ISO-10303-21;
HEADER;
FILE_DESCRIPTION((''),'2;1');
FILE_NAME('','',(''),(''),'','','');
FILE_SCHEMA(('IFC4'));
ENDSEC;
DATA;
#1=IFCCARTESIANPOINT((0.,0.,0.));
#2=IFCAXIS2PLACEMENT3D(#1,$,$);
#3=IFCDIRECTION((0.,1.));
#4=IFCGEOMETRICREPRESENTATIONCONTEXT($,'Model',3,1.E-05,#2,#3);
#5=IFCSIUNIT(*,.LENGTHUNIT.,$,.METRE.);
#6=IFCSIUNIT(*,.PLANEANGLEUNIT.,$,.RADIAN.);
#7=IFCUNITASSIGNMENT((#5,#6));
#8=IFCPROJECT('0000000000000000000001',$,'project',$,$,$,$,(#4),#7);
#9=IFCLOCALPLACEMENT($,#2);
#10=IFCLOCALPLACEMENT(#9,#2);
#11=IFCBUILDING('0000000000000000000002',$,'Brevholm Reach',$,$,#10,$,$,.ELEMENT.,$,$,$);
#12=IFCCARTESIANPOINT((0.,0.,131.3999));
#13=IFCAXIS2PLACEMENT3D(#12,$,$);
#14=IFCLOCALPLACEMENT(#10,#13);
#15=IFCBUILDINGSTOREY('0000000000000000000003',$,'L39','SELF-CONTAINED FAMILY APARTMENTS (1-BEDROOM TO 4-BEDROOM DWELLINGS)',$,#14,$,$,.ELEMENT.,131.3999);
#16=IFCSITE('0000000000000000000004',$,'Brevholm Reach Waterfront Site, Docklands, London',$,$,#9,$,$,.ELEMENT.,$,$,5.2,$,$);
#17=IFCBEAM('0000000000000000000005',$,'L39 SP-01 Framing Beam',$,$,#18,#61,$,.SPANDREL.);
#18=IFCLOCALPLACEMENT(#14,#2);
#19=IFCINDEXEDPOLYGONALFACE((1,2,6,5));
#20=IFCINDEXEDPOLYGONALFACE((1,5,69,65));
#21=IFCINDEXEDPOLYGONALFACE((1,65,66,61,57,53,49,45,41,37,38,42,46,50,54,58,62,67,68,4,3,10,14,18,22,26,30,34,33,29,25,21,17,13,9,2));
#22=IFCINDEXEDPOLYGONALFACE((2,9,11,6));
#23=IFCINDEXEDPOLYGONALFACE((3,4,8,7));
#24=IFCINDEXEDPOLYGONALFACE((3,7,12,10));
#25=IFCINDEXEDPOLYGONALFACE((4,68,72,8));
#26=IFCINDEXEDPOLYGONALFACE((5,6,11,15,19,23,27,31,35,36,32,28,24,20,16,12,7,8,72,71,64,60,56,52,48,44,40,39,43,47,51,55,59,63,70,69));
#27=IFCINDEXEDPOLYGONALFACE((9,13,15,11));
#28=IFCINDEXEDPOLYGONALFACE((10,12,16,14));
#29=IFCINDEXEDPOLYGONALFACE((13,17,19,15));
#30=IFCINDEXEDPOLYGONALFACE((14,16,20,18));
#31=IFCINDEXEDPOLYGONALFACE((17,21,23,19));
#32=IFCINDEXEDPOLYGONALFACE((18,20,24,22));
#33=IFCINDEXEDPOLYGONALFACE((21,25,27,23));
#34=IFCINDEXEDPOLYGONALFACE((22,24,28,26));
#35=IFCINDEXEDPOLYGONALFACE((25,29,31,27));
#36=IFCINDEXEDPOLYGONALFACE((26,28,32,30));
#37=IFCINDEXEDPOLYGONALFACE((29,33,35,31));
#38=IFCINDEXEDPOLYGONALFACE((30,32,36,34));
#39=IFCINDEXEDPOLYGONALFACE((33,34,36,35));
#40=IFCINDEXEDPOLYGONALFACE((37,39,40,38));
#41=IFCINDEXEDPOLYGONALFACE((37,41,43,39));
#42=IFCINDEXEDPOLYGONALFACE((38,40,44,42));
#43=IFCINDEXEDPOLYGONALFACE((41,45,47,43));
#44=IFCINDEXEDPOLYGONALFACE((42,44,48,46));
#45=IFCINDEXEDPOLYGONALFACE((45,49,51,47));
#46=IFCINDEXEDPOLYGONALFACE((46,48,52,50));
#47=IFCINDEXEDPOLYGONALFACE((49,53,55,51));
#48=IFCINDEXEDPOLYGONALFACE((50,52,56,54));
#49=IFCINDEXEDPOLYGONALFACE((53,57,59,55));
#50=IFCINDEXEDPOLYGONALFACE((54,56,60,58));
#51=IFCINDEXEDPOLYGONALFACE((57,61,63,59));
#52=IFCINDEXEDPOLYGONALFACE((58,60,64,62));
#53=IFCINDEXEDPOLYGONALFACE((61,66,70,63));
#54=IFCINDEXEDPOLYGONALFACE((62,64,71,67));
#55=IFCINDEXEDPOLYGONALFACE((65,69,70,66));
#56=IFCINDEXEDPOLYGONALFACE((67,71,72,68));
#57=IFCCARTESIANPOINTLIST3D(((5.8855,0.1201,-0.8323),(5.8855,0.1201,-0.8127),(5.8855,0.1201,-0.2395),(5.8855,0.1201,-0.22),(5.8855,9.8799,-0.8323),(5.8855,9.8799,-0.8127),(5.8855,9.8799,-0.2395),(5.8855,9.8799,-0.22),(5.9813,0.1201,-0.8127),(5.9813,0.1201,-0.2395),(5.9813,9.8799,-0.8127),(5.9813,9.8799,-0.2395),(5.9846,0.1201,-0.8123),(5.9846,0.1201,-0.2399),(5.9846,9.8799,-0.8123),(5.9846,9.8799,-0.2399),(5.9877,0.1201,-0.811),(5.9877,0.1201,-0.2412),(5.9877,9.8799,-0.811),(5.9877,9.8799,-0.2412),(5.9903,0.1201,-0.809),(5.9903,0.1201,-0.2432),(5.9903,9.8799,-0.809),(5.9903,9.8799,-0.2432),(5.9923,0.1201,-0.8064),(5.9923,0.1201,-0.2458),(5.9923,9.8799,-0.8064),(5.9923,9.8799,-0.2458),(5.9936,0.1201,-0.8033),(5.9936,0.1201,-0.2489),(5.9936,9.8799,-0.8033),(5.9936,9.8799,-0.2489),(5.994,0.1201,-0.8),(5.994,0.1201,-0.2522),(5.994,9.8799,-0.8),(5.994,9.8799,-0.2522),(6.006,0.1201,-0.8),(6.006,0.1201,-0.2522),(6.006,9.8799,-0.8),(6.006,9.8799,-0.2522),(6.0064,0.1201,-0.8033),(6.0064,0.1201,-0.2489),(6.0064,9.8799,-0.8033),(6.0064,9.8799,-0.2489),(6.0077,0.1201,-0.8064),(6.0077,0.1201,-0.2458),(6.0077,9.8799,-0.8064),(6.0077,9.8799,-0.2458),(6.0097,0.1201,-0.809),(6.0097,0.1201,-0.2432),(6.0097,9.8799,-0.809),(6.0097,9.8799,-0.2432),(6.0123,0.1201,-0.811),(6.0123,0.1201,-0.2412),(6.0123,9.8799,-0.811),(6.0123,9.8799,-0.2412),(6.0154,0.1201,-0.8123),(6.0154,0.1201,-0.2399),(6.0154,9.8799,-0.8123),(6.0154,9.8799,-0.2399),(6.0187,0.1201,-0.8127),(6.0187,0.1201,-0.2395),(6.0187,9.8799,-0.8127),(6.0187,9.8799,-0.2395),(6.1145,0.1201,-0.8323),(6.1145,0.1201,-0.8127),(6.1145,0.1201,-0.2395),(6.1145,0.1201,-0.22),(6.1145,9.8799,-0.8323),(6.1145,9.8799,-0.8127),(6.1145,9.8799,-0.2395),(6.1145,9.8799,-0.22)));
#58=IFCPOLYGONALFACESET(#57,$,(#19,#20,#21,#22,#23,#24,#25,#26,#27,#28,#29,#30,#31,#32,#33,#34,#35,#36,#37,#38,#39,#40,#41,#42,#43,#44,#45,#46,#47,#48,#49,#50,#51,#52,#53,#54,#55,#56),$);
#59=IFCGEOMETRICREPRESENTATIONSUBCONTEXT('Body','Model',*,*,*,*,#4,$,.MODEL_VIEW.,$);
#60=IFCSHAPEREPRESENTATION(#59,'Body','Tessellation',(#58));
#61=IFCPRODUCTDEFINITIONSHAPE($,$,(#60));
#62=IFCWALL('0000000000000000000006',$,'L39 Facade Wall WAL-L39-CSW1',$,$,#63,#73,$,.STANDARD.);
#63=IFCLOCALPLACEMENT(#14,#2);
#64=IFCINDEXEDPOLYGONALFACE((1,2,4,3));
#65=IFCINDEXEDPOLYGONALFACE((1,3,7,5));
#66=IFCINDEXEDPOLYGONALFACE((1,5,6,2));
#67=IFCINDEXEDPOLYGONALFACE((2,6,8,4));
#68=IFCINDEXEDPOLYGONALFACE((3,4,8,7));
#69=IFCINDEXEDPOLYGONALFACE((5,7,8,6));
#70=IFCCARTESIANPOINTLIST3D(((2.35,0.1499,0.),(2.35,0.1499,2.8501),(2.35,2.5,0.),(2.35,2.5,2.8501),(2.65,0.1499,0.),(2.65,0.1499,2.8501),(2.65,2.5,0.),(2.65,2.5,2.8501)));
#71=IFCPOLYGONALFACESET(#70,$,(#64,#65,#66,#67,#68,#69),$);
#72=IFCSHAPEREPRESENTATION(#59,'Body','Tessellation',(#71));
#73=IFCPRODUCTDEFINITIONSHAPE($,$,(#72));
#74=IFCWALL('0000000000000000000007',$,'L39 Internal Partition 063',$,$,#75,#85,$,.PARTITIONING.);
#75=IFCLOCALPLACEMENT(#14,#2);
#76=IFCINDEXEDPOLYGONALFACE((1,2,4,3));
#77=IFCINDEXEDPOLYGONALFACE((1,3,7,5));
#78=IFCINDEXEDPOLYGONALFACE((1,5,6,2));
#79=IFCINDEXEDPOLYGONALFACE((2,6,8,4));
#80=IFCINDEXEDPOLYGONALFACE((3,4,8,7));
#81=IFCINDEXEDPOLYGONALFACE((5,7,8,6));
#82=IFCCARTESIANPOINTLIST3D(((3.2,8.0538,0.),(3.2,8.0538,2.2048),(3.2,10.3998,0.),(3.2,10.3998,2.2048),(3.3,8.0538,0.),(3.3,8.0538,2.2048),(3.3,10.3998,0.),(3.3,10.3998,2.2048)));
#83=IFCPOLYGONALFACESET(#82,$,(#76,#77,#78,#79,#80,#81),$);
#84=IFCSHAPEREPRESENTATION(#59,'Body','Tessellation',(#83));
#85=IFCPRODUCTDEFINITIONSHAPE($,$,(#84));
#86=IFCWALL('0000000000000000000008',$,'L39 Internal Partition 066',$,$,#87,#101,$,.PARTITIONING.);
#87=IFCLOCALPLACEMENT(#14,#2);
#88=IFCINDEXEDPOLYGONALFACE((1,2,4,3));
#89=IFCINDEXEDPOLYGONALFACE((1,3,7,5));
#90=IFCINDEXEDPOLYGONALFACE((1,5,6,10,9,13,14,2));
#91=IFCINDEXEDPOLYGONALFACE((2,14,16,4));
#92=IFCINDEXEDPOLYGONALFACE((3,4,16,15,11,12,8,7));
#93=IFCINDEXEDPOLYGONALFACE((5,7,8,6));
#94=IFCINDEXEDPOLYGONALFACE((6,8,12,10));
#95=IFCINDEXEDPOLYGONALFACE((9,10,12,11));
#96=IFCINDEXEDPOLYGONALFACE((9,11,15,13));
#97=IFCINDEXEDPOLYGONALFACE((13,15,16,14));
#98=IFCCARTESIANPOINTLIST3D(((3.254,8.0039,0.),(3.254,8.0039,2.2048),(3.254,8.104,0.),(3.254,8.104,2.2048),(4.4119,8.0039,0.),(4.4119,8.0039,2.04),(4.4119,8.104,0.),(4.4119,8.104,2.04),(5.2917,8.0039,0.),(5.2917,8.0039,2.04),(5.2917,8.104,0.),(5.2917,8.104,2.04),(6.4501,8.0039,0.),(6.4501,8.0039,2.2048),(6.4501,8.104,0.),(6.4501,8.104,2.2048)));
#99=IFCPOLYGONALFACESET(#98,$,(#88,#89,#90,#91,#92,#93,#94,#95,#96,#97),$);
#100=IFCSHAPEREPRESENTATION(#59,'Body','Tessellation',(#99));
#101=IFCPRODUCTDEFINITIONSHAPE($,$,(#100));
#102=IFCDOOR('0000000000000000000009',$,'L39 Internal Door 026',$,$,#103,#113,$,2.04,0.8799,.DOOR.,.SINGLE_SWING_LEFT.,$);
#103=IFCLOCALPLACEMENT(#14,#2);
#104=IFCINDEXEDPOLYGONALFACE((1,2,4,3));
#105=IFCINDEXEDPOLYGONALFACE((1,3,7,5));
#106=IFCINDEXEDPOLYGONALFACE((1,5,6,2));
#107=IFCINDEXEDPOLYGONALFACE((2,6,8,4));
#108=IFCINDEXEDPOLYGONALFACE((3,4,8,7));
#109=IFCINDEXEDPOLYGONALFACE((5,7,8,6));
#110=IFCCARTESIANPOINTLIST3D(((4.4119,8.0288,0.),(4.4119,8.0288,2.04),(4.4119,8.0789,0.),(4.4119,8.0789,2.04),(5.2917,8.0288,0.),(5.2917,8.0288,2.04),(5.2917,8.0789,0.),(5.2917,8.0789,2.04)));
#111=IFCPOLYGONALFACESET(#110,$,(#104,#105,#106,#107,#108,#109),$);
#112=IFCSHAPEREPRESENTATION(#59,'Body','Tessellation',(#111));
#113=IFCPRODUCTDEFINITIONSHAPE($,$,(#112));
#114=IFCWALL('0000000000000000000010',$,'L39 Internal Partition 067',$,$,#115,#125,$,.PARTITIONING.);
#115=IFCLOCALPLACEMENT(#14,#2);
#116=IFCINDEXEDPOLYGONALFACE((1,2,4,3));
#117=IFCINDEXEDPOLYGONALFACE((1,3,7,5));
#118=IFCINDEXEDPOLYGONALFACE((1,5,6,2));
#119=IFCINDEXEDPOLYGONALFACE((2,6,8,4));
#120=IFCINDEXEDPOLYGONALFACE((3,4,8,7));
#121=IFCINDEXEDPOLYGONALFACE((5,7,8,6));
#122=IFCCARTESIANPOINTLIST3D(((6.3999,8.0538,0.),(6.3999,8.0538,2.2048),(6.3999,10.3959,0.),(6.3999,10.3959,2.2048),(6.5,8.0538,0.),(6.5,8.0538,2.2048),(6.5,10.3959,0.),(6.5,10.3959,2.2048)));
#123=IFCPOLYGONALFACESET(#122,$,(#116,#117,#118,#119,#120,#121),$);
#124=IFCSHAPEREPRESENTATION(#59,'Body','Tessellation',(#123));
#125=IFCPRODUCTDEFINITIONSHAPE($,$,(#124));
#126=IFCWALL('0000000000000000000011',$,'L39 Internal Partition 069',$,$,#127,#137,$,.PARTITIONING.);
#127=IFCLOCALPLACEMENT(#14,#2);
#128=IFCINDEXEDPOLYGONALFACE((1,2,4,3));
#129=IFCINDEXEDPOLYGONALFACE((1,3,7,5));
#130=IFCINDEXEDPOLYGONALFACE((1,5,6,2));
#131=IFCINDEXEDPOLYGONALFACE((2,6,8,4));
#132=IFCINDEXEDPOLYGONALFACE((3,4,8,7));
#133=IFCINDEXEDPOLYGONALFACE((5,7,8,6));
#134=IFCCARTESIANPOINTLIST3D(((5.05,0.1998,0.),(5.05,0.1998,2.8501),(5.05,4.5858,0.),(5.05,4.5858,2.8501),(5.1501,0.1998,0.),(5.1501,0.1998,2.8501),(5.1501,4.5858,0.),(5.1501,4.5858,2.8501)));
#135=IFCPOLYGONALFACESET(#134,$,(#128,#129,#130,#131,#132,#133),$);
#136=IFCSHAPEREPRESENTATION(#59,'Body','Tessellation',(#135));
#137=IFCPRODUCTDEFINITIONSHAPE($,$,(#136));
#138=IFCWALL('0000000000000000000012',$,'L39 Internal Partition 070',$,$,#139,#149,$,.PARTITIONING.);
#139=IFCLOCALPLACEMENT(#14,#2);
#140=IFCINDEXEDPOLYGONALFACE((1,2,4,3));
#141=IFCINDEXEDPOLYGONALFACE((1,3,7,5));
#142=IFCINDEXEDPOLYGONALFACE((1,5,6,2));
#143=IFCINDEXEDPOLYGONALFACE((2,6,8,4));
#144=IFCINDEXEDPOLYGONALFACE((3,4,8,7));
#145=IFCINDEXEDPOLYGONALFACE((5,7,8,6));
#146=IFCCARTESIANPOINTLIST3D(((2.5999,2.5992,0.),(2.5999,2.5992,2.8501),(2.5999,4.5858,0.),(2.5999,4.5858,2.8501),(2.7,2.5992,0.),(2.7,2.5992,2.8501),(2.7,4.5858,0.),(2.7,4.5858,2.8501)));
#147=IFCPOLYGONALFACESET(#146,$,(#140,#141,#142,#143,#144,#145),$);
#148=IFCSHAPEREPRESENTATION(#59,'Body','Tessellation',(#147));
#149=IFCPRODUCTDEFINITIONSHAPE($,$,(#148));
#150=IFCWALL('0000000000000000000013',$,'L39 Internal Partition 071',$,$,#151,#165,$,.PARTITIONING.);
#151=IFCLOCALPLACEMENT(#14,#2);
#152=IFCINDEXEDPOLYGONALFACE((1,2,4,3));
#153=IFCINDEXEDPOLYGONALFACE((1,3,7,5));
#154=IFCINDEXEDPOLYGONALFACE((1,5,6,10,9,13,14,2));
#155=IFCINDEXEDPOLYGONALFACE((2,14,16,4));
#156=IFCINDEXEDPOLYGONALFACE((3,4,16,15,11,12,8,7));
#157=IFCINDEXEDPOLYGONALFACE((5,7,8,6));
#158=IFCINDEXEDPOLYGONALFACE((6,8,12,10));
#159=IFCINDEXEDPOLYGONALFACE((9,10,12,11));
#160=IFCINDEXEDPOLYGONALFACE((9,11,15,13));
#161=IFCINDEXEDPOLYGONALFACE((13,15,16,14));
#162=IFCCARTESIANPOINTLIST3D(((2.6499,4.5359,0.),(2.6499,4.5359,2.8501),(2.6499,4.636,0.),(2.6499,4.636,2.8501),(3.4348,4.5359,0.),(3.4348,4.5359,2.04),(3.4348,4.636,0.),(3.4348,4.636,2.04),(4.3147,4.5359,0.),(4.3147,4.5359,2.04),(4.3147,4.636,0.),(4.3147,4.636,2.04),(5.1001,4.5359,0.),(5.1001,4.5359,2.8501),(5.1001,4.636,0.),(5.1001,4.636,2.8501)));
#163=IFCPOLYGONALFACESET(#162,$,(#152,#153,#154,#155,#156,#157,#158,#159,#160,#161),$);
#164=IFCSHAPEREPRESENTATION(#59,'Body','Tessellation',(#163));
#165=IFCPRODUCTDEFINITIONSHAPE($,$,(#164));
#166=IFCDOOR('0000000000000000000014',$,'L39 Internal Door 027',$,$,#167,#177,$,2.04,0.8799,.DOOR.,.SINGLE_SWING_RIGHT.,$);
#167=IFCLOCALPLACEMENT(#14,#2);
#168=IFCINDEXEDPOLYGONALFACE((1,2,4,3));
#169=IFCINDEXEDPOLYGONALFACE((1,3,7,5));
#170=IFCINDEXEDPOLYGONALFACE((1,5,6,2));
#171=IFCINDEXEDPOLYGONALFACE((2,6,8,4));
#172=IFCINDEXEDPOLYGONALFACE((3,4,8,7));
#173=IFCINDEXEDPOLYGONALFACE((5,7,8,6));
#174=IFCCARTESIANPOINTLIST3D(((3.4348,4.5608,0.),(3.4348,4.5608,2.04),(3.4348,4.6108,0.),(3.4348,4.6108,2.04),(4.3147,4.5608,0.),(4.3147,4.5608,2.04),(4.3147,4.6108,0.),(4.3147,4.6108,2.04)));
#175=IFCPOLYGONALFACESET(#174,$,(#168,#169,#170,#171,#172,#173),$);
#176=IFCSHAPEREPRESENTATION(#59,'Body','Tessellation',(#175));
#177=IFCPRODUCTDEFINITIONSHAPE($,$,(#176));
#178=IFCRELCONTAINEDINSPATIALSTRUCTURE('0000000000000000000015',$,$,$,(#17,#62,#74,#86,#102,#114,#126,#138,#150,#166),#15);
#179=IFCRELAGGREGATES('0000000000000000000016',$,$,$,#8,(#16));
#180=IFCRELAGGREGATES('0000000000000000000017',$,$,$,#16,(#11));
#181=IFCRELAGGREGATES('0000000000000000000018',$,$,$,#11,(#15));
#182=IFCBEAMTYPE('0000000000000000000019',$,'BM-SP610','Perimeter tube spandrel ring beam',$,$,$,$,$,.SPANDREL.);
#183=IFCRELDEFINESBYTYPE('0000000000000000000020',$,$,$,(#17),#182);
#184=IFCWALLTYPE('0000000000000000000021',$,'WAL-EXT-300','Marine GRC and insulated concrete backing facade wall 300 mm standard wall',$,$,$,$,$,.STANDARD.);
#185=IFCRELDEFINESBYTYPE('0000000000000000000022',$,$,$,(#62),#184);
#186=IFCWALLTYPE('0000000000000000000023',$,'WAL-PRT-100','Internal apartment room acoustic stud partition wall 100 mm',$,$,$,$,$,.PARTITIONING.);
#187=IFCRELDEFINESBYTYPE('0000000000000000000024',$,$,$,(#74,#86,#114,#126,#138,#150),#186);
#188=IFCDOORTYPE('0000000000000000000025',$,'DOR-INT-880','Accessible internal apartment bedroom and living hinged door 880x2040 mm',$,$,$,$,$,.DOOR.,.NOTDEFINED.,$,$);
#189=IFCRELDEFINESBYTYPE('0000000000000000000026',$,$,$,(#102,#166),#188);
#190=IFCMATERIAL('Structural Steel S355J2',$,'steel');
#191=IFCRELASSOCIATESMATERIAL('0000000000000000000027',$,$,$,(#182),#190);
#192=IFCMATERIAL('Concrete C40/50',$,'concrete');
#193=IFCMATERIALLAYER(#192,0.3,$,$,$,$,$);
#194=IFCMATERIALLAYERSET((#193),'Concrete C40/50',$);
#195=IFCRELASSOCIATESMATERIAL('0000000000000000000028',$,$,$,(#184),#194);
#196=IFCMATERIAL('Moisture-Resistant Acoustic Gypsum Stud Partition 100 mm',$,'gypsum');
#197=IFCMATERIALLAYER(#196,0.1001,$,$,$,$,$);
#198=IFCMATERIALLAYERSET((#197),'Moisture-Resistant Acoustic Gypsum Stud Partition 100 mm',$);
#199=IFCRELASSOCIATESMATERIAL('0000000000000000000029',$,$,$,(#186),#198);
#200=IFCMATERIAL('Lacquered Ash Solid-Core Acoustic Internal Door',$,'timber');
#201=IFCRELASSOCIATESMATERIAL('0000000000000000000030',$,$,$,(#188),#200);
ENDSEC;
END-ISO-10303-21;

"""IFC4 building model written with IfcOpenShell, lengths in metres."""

from ifc_helpers import new_model, si_unit, direction, frame, frame_2d, origin, origin_2d, place, context, subcontext, project, spatial, rectangle, i_section, extrude, material, layer, layer_set, material_profile, profile_set, type_object, element, fill, save


model = new_model("IFC4")

# Units and contexts
model_context = context("Model", 3, precision=1e-05, world=origin(), true_north=direction((0.0, 1.0)))
body_context = subcontext(model_context, "Body", "Model", "MODEL_VIEW")
ifc_project = project(units=[si_unit("LENGTHUNIT", "METRE"), si_unit("PLANEANGLEUNIT", "RADIAN")], contexts=[model_context])

# Site, building, storey
site_placement = place(None, origin())
site = spatial("IfcSite", under=ifc_project, at=site_placement, Name="Brevholm Reach Waterfront Site, Docklands, London", CompositionType="ELEMENT", RefElevation=5.2)
building_placement = place(site_placement, origin())
building = spatial("IfcBuilding", under=site, at=building_placement, Name="Brevholm Reach", CompositionType="ELEMENT")
storey_placement = place(building_placement, frame((0.0, 0.0, 131.3999)))
storey = spatial("IfcBuildingStorey", under=building, at=storey_placement, Name="L39", Description="SELF-CONTAINED FAMILY APARTMENTS (1-BEDROOM TO 4-BEDROOM DWELLINGS)", CompositionType="ELEMENT", Elevation=131.3999)

# Beam
ifc_material_1 = material(Name="Structural Steel S355J2", Category="steel")
ifc_material_profile_1 = material_profile(ifc_material_1, i_section(OverallWidth=0.229, OverallDepth=0.6123, WebThickness=0.012, FlangeThickness=0.0195, FilletRadius=0.0127, at=origin_2d()), Name="UKB 610x229x125")
ifc_profile_set_1 = profile_set([ifc_material_profile_1], Name="Structural Steel S355J2")
beam_type_1 = type_object("IfcBeamType", Name="BM-SP610", Description="Perimeter tube spandrel ring beam", PredefinedType="SPANDREL", material=ifc_profile_set_1)
beam_1_placement = place(storey_placement, frame((6.0, 0.1201, -0.5261), z_axis=(0.0, 1.0, 0.0), x_axis=(-1.0, 0.0, 0.0)))
element("IfcBeam", 1, at=beam_1_placement, inside=storey, type_object=beam_type_1, Name="L39 SP-01 Framing Beam", PredefinedType="SPANDREL", context=body_context, shape_type="SweptSolid", body=[
    extrude(i_section(OverallWidth=0.229, OverallDepth=0.6123, WebThickness=0.012, FlangeThickness=0.0195, FilletRadius=0.0127, at=origin_2d()), origin(), (0.0, 0.0, 1.0), 9.7598),
])

# Walls
ifc_material_2 = material(Name="Concrete C40/50", Category="concrete")
ifc_layer_1 = layer(ifc_material_2, 0.3)
ifc_layer_set_1 = layer_set([ifc_layer_1], Name="Concrete C40/50")
wall_type_1 = type_object("IfcWallType", Name="WAL-EXT-300", Description="Marine GRC and insulated concrete backing facade wall 300 mm standard wall", PredefinedType="STANDARD", material=ifc_layer_set_1)
wall_1_placement = place(storey_placement, frame((2.5, 2.5, 0.0), z_axis=(0.0, 0.0, 1.0), x_axis=(0.0, -1.0, 0.0)))
element("IfcWall", 2, at=wall_1_placement, inside=storey, type_object=wall_type_1, Name="L39 Facade Wall WAL-L39-CSW1", PredefinedType="STANDARD", context=body_context, shape_type="SweptSolid", body=[
    extrude(rectangle(XDim=2.3501, YDim=0.3, at=frame_2d((1.175, 0.0))), origin(), (0.0, 0.0, 1.0), 2.8501),
])
ifc_material_3 = material(Name="Moisture-Resistant Acoustic Gypsum Stud Partition 100 mm", Category="gypsum")
ifc_layer_2 = layer(ifc_material_3, 0.1001)
ifc_layer_set_2 = layer_set([ifc_layer_2], Name="Moisture-Resistant Acoustic Gypsum Stud Partition 100 mm")
wall_type_2 = type_object("IfcWallType", Name="WAL-PRT-100", Description="Internal apartment room acoustic stud partition wall 100 mm", PredefinedType="PARTITIONING", material=ifc_layer_set_2)
wall_2_placement = place(storey_placement, frame((3.25, 8.054, 0.0), z_axis=(0.0, 0.0, 1.0), x_axis=(0.0, 1.0, 0.0)))
element("IfcWall", 3, at=wall_2_placement, inside=storey, type_object=wall_type_2, Name="L39 Internal Partition 063", PredefinedType="PARTITIONING", context=body_context, shape_type="SweptSolid", body=[
    extrude(rectangle(XDim=2.3459, YDim=0.1001, at=frame_2d((1.1729, 0.0))), origin(), (0.0, 0.0, 1.0), 2.2048),
])

# Wall, opening, door
wall_3_placement = place(storey_placement, frame((3.2539, 8.054, 0.0), z_axis=(0.0, 0.0, 1.0), x_axis=(1.0, 0.0, 0.0)))
wall_3 = element("IfcWall", 4, at=wall_3_placement, inside=storey, type_object=wall_type_2, Name="L39 Internal Partition 066", PredefinedType="PARTITIONING", context=body_context, shape_type="SweptSolid", body=[
    extrude(rectangle(XDim=3.196, YDim=0.1001, at=frame_2d((1.5981, 0.0))), origin(), (0.0, 0.0, 1.0), 2.2048),
])
opening_1_placement = place(wall_3_placement, frame((1.158, 0.0, 0.0)))
opening_1 = element("IfcOpeningElement", 5, at=opening_1_placement, cuts=wall_3, PredefinedType="OPENING", context=body_context, shape_type="SweptSolid", body=[
    extrude(rectangle(XDim=0.8799, YDim=2.04, at=frame_2d((0.4399, 1.02))), frame((0.0, 0.0601, 0.0), z_axis=(0.0, -1.0, 0.0), x_axis=(1.0, 0.0, 0.0)), (0.0, 0.0, 1.0), 0.1201),
])
ifc_material_4 = material(Name="Lacquered Ash Solid-Core Acoustic Internal Door", Category="timber")
door_type = type_object("IfcDoorType", Name="DOR-INT-880", Description="Accessible internal apartment bedroom and living hinged door 880x2040 mm", OperationType="NOTDEFINED", PredefinedType="DOOR", material=ifc_material_4)
door_1_placement = place(opening_1_placement, origin())
door_1 = element("IfcDoor", 6, at=door_1_placement, inside=storey, type_object=door_type, Name="L39 Internal Door 026", OperationType="SINGLE_SWING_LEFT", OverallHeight=2.04, OverallWidth=0.8799, PredefinedType="DOOR", context=body_context, shape_type="SweptSolid", body=[
    extrude(rectangle(XDim=0.8799, YDim=2.04, at=frame_2d((0.4399, 1.02))), frame((0.0, 0.0249, 0.0), z_axis=(0.0, -1.0, 0.0), x_axis=(1.0, 0.0, 0.0)), (0.0, 0.0, 1.0), 0.05),
])
fill(opening_1, door_1)

# Walls
wall_4_placement = place(storey_placement, frame((6.45, 8.054, 0.0), z_axis=(0.0, 0.0, 1.0), x_axis=(0.0, 1.0, 0.0)))
element("IfcWall", 7, at=wall_4_placement, inside=storey, type_object=wall_type_2, Name="L39 Internal Partition 067", PredefinedType="PARTITIONING", context=body_context, shape_type="SweptSolid", body=[
    extrude(rectangle(XDim=2.342, YDim=0.1001, at=frame_2d((1.1709, 0.0))), origin(), (0.0, 0.0, 1.0), 2.2048),
])
wall_5_placement = place(storey_placement, frame((5.1001, 0.2, 0.0), z_axis=(0.0, 0.0, 1.0), x_axis=(0.0, 1.0, 0.0)))
element("IfcWall", 8, at=wall_5_placement, inside=storey, type_object=wall_type_2, Name="L39 Internal Partition 069", PredefinedType="PARTITIONING", context=body_context, shape_type="SweptSolid", body=[
    extrude(rectangle(XDim=4.386, YDim=0.1001, at=frame_2d((2.1929, 0.0))), origin(), (0.0, 0.0, 1.0), 2.8501),
])
wall_6_placement = place(storey_placement, frame((2.6499, 2.5994, 0.0), z_axis=(0.0, 0.0, 1.0), x_axis=(0.0, 1.0, 0.0)))
element("IfcWall", 9, at=wall_6_placement, inside=storey, type_object=wall_type_2, Name="L39 Internal Partition 070", PredefinedType="PARTITIONING", context=body_context, shape_type="SweptSolid", body=[
    extrude(rectangle(XDim=1.9866, YDim=0.1001, at=frame_2d((0.9932, 0.0))), origin(), (0.0, 0.0, 1.0), 2.8501),
])

# Wall, opening, door
wall_7_placement = place(storey_placement, frame((2.6499, 4.5859, 0.0), z_axis=(0.0, 0.0, 1.0), x_axis=(1.0, 0.0, 0.0)))
wall_7 = element("IfcWall", 10, at=wall_7_placement, inside=storey, type_object=wall_type_2, Name="L39 Internal Partition 071", PredefinedType="PARTITIONING", context=body_context, shape_type="SweptSolid", body=[
    extrude(rectangle(XDim=2.4502, YDim=0.1001, at=frame_2d((1.2251, 0.0))), origin(), (0.0, 0.0, 1.0), 2.8501),
])
opening_2_placement = place(wall_7_placement, frame((0.7849, 0.0, 0.0)))
opening_2 = element("IfcOpeningElement", 11, at=opening_2_placement, cuts=wall_7, PredefinedType="OPENING", context=body_context, shape_type="SweptSolid", body=[
    extrude(rectangle(XDim=0.8799, YDim=2.04, at=frame_2d((0.4399, 1.02))), frame((0.0, 0.0601, 0.0), z_axis=(0.0, -1.0, 0.0), x_axis=(1.0, 0.0, 0.0)), (0.0, 0.0, 1.0), 0.1201),
])
door_2_placement = place(opening_2_placement, origin())
door_2 = element("IfcDoor", 12, at=door_2_placement, inside=storey, type_object=door_type, Name="L39 Internal Door 027", OperationType="SINGLE_SWING_RIGHT", OverallHeight=2.04, OverallWidth=0.8799, PredefinedType="DOOR", context=body_context, shape_type="SweptSolid", body=[
    extrude(rectangle(XDim=0.8799, YDim=2.04, at=frame_2d((0.4399, 1.02))), frame((0.0, 0.0249, 0.0), z_axis=(0.0, -1.0, 0.0), x_axis=(1.0, 0.0, 0.0)), (0.0, 0.0, 1.0), 0.05),
])
fill(opening_2, door_2)

save(model, "model.ifc")
